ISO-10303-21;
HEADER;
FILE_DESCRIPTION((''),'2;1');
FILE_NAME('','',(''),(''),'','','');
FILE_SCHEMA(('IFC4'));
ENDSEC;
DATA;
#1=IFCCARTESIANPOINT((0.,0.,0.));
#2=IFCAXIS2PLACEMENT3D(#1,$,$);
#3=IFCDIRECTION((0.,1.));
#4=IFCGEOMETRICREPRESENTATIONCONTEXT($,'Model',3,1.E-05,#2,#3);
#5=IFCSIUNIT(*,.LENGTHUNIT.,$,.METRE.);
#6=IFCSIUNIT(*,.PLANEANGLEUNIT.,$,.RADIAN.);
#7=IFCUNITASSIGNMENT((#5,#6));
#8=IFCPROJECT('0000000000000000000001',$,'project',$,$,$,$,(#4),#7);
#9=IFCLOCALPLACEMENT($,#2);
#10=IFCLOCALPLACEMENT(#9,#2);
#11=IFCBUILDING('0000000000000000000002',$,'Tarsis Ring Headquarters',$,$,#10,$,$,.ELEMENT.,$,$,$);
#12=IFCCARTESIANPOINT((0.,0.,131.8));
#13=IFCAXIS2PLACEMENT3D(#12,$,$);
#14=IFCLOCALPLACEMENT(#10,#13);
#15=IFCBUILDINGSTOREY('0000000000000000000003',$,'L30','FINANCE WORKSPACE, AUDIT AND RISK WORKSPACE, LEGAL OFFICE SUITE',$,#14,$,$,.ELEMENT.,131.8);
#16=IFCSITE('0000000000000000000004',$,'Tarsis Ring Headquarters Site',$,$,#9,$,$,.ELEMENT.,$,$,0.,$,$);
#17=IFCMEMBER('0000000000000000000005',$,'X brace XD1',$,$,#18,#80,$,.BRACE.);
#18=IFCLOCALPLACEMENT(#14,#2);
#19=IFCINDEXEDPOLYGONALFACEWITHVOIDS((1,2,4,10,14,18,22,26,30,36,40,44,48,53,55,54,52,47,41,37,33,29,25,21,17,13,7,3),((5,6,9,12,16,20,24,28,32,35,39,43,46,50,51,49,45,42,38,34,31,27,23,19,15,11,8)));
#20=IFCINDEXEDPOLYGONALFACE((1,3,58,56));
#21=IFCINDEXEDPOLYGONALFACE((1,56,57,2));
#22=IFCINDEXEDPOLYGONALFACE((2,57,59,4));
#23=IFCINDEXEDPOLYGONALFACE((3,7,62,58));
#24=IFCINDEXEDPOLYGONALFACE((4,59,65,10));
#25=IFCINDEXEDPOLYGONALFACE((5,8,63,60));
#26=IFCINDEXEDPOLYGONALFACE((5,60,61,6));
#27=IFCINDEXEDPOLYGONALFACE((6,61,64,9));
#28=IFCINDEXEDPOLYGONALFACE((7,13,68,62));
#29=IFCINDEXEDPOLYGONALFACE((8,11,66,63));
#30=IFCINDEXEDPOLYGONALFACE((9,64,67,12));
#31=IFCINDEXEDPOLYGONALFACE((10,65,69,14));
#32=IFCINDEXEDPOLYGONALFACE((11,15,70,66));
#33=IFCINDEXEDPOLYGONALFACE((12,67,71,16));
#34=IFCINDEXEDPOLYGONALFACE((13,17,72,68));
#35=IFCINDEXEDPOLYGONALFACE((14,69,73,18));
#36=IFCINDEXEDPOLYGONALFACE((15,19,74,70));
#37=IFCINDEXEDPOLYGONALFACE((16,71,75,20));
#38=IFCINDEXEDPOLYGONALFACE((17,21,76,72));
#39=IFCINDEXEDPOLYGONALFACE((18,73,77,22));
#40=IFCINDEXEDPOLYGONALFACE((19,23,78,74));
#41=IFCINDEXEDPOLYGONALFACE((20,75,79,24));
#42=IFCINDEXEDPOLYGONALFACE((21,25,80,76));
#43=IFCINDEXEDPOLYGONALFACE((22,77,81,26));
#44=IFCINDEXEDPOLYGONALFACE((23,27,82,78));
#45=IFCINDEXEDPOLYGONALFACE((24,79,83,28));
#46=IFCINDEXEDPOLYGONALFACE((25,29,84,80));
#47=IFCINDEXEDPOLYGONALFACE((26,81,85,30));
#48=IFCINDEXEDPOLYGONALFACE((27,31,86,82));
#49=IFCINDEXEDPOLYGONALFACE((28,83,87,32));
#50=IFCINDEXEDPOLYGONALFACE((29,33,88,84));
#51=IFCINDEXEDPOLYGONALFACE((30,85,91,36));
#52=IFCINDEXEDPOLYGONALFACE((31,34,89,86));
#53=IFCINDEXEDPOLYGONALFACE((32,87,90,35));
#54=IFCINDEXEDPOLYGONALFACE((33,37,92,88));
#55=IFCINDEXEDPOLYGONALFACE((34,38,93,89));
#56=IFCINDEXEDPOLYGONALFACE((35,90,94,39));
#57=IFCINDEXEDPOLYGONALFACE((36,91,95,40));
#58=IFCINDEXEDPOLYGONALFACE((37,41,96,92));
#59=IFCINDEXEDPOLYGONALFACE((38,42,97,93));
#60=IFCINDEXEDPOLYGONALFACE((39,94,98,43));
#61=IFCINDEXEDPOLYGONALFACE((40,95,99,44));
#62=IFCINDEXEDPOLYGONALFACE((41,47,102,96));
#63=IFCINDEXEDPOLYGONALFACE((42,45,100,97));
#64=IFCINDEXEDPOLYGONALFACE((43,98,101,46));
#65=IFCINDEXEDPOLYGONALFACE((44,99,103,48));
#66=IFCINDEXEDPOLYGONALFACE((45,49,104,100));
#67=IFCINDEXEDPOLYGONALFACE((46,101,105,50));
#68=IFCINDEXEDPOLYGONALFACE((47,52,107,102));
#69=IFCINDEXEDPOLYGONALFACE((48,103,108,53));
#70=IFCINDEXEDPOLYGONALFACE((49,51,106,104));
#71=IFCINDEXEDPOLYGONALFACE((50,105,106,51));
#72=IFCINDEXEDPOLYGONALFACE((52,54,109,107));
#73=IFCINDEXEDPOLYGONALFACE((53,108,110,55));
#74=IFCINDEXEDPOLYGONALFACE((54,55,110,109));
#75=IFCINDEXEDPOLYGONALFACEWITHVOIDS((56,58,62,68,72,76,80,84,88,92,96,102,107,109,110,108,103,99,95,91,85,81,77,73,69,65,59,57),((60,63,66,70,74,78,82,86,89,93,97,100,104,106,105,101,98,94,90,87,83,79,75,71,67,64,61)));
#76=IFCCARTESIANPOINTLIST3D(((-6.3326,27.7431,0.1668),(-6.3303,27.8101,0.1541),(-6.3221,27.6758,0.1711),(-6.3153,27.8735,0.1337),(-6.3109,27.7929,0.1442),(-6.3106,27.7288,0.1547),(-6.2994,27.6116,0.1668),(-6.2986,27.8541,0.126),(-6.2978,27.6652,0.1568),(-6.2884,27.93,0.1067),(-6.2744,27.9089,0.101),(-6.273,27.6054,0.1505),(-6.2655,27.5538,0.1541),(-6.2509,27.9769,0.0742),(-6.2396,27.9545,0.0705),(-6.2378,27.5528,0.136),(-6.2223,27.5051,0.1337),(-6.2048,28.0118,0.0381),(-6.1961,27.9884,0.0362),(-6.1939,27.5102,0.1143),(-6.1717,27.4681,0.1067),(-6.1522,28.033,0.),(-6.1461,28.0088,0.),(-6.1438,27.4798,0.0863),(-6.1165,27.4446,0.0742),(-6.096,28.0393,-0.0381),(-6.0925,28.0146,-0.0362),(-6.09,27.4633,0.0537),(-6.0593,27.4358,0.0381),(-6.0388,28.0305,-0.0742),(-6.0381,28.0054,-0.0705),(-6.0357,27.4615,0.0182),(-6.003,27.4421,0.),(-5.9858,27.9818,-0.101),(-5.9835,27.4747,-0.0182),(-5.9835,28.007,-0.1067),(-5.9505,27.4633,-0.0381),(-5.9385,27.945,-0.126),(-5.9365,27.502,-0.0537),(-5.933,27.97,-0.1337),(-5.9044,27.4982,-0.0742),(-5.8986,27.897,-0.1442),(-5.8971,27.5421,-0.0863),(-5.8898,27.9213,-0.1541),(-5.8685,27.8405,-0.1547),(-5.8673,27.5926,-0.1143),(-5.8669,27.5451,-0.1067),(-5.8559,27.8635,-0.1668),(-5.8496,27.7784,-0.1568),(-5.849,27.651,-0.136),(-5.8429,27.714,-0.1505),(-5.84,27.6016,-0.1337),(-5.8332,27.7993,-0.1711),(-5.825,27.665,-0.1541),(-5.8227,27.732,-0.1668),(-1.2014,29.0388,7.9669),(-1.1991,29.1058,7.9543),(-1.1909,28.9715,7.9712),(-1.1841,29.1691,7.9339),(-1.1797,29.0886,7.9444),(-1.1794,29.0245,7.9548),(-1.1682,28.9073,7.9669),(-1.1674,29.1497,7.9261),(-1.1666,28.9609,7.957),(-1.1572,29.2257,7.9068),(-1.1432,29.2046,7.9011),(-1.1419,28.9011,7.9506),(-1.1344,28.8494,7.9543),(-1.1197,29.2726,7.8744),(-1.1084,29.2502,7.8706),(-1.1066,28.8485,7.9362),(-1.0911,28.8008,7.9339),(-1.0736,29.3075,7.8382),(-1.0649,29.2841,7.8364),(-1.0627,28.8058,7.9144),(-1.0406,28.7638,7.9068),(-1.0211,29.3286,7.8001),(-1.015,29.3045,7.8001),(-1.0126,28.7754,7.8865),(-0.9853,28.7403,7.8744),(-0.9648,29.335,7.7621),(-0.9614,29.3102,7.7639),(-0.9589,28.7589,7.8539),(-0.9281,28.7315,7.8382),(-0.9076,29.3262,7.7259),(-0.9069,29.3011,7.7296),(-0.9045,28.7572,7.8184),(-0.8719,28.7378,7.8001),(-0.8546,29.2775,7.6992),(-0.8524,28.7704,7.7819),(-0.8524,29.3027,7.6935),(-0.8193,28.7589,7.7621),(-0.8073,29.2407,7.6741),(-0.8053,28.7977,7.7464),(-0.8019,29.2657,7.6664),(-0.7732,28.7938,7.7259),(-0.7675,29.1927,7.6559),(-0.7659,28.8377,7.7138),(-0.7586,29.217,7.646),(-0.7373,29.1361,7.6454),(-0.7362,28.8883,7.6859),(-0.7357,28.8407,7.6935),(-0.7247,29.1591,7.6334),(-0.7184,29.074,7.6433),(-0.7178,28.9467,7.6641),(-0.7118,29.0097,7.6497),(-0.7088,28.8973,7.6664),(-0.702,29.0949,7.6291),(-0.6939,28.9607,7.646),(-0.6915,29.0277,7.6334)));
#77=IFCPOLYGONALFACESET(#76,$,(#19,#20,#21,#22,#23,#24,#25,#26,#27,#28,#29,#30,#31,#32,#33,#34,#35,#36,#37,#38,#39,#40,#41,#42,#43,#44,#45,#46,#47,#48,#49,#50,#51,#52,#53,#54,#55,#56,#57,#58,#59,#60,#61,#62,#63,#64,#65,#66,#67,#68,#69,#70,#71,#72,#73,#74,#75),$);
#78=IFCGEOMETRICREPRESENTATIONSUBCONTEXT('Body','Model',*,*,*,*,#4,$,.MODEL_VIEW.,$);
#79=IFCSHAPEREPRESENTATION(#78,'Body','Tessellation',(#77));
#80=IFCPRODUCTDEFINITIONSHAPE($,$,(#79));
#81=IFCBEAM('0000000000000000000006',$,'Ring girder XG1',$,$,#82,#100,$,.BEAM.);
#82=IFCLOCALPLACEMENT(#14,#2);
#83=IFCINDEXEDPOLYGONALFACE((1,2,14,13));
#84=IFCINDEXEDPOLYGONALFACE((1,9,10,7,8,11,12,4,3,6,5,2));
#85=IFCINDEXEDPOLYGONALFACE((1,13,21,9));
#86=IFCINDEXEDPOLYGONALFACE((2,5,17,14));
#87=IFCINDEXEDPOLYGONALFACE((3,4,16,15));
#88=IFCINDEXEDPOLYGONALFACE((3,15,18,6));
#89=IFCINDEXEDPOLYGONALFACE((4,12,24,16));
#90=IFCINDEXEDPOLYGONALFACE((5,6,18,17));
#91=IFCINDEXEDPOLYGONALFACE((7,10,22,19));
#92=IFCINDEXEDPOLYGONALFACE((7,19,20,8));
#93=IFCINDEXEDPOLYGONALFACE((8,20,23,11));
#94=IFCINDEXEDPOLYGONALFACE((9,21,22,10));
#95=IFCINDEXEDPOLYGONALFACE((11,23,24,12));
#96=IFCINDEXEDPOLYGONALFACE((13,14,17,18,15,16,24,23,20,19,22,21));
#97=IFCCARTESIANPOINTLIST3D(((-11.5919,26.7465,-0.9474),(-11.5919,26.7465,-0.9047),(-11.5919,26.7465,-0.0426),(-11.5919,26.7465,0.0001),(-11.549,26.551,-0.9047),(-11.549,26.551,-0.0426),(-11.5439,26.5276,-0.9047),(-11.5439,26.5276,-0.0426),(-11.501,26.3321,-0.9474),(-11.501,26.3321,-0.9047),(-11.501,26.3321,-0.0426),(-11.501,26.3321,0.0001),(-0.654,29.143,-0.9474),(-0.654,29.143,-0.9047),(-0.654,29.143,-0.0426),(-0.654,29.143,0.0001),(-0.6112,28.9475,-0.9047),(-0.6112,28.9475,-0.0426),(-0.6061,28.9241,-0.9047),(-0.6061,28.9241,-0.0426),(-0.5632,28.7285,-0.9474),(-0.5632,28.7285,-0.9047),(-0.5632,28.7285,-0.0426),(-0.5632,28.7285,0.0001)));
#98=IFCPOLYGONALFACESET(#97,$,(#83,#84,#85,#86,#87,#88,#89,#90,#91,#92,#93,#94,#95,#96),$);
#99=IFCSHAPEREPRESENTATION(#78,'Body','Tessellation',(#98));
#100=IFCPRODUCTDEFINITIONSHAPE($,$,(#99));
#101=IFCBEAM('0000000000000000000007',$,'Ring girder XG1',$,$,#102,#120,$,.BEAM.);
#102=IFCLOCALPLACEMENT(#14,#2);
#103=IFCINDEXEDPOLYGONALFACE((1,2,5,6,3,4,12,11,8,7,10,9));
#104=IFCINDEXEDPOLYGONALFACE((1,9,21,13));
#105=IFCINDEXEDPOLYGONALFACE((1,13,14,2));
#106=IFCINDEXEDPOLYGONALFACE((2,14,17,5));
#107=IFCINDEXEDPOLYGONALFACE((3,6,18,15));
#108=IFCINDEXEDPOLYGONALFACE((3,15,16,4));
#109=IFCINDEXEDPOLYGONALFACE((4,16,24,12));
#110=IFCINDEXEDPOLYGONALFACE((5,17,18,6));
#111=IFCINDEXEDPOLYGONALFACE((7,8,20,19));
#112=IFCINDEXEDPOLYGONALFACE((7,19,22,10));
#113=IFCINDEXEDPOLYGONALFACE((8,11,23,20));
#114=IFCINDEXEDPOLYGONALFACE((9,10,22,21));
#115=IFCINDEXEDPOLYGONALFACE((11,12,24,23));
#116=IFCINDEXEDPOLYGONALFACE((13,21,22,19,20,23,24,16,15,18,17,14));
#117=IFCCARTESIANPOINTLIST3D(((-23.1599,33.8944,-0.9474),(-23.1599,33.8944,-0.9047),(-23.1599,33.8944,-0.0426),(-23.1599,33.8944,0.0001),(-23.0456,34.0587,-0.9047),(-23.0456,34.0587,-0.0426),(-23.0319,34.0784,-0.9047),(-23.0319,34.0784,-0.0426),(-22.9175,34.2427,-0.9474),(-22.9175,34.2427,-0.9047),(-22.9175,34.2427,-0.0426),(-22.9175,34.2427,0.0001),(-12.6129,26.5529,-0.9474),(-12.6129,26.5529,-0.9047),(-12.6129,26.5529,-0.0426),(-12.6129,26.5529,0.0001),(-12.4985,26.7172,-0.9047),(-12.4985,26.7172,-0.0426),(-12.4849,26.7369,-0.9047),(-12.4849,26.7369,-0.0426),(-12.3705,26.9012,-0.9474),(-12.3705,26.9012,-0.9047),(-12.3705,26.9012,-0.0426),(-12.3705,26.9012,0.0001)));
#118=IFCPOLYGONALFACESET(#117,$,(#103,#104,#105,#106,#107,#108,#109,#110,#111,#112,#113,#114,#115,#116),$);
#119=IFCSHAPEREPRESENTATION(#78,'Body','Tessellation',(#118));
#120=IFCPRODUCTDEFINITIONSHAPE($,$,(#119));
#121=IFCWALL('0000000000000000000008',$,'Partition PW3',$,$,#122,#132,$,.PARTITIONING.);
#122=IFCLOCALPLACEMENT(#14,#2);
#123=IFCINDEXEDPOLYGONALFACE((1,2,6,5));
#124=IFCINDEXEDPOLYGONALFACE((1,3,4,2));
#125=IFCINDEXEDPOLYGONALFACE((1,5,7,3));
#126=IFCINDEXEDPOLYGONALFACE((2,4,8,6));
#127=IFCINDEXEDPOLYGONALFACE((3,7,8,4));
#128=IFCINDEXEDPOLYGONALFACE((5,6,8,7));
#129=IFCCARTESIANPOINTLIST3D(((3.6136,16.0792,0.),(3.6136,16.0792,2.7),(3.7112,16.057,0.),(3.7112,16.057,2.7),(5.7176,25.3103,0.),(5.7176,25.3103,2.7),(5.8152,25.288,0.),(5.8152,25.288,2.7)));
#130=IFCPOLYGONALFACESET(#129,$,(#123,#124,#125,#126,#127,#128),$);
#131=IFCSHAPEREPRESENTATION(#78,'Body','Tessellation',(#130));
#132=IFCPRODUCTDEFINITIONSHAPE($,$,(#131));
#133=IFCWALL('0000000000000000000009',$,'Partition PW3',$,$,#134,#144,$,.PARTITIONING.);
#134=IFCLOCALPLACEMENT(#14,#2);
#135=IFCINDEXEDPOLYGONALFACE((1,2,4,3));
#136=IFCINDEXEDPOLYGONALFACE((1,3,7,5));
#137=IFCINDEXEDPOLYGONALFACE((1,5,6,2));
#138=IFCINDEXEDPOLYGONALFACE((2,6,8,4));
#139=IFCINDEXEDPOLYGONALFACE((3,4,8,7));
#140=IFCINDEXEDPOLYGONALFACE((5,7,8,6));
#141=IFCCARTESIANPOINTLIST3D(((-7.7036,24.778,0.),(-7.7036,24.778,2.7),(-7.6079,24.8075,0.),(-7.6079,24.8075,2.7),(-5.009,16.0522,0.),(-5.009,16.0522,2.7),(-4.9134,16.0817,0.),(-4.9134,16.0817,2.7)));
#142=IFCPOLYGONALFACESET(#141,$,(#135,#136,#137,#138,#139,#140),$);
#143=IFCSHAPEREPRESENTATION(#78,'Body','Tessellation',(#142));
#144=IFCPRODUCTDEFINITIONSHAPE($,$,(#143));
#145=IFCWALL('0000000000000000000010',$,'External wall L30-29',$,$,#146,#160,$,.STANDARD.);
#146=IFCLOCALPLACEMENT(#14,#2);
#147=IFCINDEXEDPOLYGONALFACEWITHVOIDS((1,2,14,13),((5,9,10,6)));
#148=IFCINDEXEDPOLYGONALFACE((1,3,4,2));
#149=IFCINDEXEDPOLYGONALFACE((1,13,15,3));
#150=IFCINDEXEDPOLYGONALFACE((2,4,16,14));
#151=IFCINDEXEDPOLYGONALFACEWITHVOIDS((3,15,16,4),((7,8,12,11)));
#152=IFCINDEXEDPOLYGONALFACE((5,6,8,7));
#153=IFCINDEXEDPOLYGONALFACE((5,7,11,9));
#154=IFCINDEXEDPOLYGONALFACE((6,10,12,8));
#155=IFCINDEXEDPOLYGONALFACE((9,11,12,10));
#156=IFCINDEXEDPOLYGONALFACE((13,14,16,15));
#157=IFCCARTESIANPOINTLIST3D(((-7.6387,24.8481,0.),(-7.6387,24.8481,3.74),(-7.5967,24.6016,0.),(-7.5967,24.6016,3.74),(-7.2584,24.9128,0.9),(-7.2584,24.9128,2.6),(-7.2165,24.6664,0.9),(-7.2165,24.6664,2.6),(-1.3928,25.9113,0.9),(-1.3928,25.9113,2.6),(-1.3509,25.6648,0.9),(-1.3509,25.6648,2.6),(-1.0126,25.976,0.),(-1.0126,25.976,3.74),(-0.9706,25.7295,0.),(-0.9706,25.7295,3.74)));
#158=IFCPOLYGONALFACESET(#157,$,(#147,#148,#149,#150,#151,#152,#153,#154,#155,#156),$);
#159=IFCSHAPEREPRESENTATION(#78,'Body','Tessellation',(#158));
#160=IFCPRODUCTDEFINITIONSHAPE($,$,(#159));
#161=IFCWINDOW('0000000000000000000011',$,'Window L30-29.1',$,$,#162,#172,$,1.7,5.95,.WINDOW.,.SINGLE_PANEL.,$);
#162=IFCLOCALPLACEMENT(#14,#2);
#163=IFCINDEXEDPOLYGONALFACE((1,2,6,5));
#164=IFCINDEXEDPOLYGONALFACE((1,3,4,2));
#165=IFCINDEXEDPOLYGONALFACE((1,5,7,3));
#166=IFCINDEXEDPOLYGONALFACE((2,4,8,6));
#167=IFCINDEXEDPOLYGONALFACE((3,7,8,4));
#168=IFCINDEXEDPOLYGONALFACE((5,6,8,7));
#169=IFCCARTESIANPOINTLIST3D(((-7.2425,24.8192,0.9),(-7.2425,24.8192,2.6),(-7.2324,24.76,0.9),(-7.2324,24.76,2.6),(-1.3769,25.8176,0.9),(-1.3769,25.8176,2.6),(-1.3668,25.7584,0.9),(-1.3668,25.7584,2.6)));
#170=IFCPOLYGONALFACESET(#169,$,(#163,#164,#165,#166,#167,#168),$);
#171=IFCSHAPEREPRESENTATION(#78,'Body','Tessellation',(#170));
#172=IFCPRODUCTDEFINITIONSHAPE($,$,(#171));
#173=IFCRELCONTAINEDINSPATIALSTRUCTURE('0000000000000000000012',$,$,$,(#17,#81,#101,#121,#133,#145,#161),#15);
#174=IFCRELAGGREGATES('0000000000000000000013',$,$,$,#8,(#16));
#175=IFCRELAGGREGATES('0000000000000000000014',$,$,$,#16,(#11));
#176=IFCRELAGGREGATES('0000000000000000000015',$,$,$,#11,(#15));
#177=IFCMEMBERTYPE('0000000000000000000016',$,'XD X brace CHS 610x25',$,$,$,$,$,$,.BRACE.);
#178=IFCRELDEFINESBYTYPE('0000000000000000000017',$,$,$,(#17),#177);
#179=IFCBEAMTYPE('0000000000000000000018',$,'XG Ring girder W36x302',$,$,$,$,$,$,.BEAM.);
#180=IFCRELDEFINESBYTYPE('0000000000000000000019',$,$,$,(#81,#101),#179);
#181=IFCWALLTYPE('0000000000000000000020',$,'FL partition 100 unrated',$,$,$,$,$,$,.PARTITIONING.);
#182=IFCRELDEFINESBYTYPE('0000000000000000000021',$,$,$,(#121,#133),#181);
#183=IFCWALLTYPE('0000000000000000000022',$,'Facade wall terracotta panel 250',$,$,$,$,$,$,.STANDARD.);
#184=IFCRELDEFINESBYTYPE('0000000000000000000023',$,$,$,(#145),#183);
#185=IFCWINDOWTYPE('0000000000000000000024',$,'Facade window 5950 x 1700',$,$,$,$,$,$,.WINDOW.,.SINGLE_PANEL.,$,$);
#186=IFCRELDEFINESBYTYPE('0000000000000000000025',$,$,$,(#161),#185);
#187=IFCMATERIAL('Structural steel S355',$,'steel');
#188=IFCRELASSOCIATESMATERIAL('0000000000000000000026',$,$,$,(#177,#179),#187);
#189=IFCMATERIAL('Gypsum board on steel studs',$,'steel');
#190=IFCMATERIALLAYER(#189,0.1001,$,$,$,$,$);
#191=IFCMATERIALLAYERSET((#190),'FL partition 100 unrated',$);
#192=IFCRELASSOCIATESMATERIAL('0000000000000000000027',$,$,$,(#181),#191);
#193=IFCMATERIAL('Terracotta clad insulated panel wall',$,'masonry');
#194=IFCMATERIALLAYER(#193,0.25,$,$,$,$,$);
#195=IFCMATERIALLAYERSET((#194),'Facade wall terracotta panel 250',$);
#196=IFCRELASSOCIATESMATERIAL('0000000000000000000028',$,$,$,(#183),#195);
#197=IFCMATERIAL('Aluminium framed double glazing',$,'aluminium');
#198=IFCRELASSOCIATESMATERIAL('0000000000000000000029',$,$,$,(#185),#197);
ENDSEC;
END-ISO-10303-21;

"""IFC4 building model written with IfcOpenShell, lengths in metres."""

from ifc_helpers import new_model, si_unit, direction, frame, frame_2d, origin, origin_2d, place, context, subcontext, project, spatial, rectangle, hollow_circle, i_section, extrude, material, layer, layer_set, material_profile, profile_set, type_object, element, fill, save


model = new_model("IFC4")

# Units and contexts
model_context = context("Model", 3, precision=1e-05, world=origin(), true_north=direction((0.0, 1.0)))
body_context = subcontext(model_context, "Body", "Model", "MODEL_VIEW")
ifc_project = project(units=[si_unit("LENGTHUNIT", "METRE"), si_unit("PLANEANGLEUNIT", "RADIAN")], contexts=[model_context])

# Site, building, storey
site_placement = place(None, origin())
site = spatial("IfcSite", under=ifc_project, at=site_placement, Name="Tarsis Ring Headquarters Site", CompositionType="ELEMENT", RefElevation=0.0)
building_placement = place(site_placement, origin())
building = spatial("IfcBuilding", under=site, at=building_placement, Name="Tarsis Ring Headquarters", CompositionType="ELEMENT")
storey_placement = place(building_placement, frame((0.0, 0.0, 131.8)))
storey = spatial("IfcBuildingStorey", under=building, at=storey_placement, Name="L30", Description="FINANCE WORKSPACE, AUDIT AND RISK WORKSPACE, LEGAL OFFICE SUITE", CompositionType="ELEMENT", Elevation=131.8)

# Shared definitions
ifc_material_1 = material(Name="Structural steel S355", Category="steel")

# Shared definitions
ifc_material_profile_1 = material_profile(ifc_material_1, i_section(OverallWidth=0.4243, OverallDepth=0.9475, WebThickness=0.0239, FlangeThickness=0.0427, at=origin_2d()), Name="W36x302")
ifc_profile_set_1 = profile_set([ifc_material_profile_1], Name="Structural steel S355")

# Member
ifc_material_profile_2 = material_profile(ifc_material_1, hollow_circle(Radius=0.3047, WallThickness=0.0249, at=origin_2d()), Name="CHS 610x25")
ifc_profile_set_2 = profile_set([ifc_material_profile_2], Name="Structural steel S355")
member_type = type_object("IfcMemberType", Name="XD X brace CHS 610x25", PredefinedType="BRACE", material=ifc_profile_set_2)
member_1_placement = place(storey_placement, frame((-6.0776, 27.7375, 0.0), z_axis=(0.544362, 0.137457, 0.827512), x_axis=(-0.244825, 0.969567, 0.0)))
element("IfcMember", 1, at=member_1_placement, inside=storey, type_object=member_type, Name="X brace XD1", PredefinedType="BRACE", context=body_context, shape_type="SweptSolid", body=[
    extrude(hollow_circle(Radius=0.3047, WallThickness=0.0249, at=origin_2d()), origin(), (0.0, 0.0, 1.0), 9.426),
])

# Beams
beam_type_1 = type_object("IfcBeamType", Name="XG Ring girder W36x302", PredefinedType="BEAM", material=ifc_profile_set_1)
beam_1_placement = place(storey_placement, frame((-0.6086, 28.9358, -0.4736), z_axis=(-0.976828, -0.214025, 0.0), x_axis=(0.214025, -0.976828, 0.0)))
element("IfcBeam", 2, at=beam_1_placement, inside=storey, type_object=beam_type_1, Name="Ring girder XG1", PredefinedType="BEAM", context=body_context, shape_type="SweptSolid", body=[
    extrude(i_section(OverallWidth=0.4243, OverallDepth=0.9475, WebThickness=0.0239, FlangeThickness=0.0427, at=origin_2d()), origin(), (0.0, 0.0, 1.0), 11.1973),
])
beam_2_placement = place(storey_placement, frame((-12.4917, 26.7271, -0.4736), z_axis=(-0.820744, 0.571297, 0.0), x_axis=(-0.571297, -0.820744, 0.0)))
element("IfcBeam", 3, at=beam_2_placement, inside=storey, type_object=beam_type_1, Name="Ring girder XG1", PredefinedType="BEAM", context=body_context, shape_type="SweptSolid", body=[
    extrude(i_section(OverallWidth=0.4243, OverallDepth=0.9475, WebThickness=0.0239, FlangeThickness=0.0427, at=origin_2d()), origin(), (0.0, 0.0, 1.0), 12.8506),
])

# Walls
ifc_material_2 = material(Name="Gypsum board on steel studs", Category="steel")
ifc_layer_1 = layer(ifc_material_2, 0.1001)
ifc_layer_set_1 = layer_set([ifc_layer_1], Name="FL partition 100 unrated")
wall_type_1 = type_object("IfcWallType", Name="FL partition 100 unrated", PredefinedType="PARTITIONING", material=ifc_layer_set_1)
wall_1_placement = place(storey_placement, frame((3.6624, 16.0681, 0.0), z_axis=(0.0, 0.0, 1.0), x_axis=(0.22223, 0.974994, 0.0)))
element("IfcWall", 4, at=wall_1_placement, inside=storey, type_object=wall_type_1, Name="Partition PW3", PredefinedType="PARTITIONING", context=body_context, shape_type="SweptSolid", body=[
    extrude(rectangle(XDim=9.4678, YDim=0.1001, at=frame_2d((4.7339, 0.0))), origin(), (0.0, 0.0, 1.0), 2.7),
])
wall_2_placement = place(storey_placement, frame((-7.6558, 24.7927, 0.0), z_axis=(0.0, 0.0, 1.0), x_axis=(0.295057, -0.95548, 0.0)))
element("IfcWall", 5, at=wall_2_placement, inside=storey, type_object=wall_type_1, Name="Partition PW3", PredefinedType="PARTITIONING", context=body_context, shape_type="SweptSolid", body=[
    extrude(rectangle(XDim=9.1323, YDim=0.1001, at=frame_2d((4.5662, 0.0))), origin(), (0.0, 0.0, 1.0), 2.7),
])

# Wall, opening, window
ifc_material_3 = material(Name="Terracotta clad insulated panel wall", Category="masonry")
ifc_layer_2 = layer(ifc_material_3, 0.25)
ifc_layer_set_2 = layer_set([ifc_layer_2], Name="Facade wall terracotta panel 250")
wall_type_2 = type_object("IfcWallType", Name="Facade wall terracotta panel 250", PredefinedType="STANDARD", material=ifc_layer_set_2)
wall_3_placement = place(storey_placement, frame((-0.9915, 25.8528, 0.0), z_axis=(0.0, 0.0, 1.0), x_axis=(-0.98582, -0.167808, 0.0)))
wall_3 = element("IfcWall", 6, at=wall_3_placement, inside=storey, type_object=wall_type_2, Name="External wall L30-29", PredefinedType="STANDARD", context=body_context, shape_type="SweptSolid", body=[
    extrude(rectangle(XDim=6.7214, YDim=0.25, at=frame_2d((3.3608, 0.0))), origin(), (0.0, 0.0, 1.0), 3.74),
])
opening_1_placement = place(wall_3_placement, frame((0.3857, 0.0, 0.8999)))
opening_1 = element("IfcOpeningElement", 7, at=opening_1_placement, cuts=wall_3, PredefinedType="OPENING", context=body_context, shape_type="SweptSolid", body=[
    extrude(rectangle(XDim=5.95, YDim=1.7, at=frame_2d((2.9751, 0.8501))), frame((0.0, 0.135, 0.0), z_axis=(0.0, -1.0, 0.0), x_axis=(1.0, 0.0, 0.0)), (0.0, 0.0, 1.0), 0.27),
])
ifc_material_4 = material(Name="Aluminium framed double glazing", Category="aluminium")
window_type_1 = type_object("IfcWindowType", Name="Facade window 5950 x 1700", PartitioningType="SINGLE_PANEL", PredefinedType="WINDOW", material=ifc_material_4)
window_1_placement = place(opening_1_placement, origin())
window_1 = element("IfcWindow", 8, at=window_1_placement, inside=storey, type_object=window_type_1, Name="Window L30-29.1", OverallHeight=1.7, OverallWidth=5.95, PartitioningType="SINGLE_PANEL", PredefinedType="WINDOW", context=body_context, shape_type="SweptSolid", body=[
    extrude(rectangle(XDim=5.95, YDim=1.7, at=frame_2d((2.9751, 0.8501))), frame((0.0, 0.03, 0.0), z_axis=(0.0, -1.0, 0.0), x_axis=(1.0, 0.0, 0.0)), (0.0, 0.0, 1.0), 0.0601),
])
fill(opening_1, window_1)

save(model, "model.ifc")
